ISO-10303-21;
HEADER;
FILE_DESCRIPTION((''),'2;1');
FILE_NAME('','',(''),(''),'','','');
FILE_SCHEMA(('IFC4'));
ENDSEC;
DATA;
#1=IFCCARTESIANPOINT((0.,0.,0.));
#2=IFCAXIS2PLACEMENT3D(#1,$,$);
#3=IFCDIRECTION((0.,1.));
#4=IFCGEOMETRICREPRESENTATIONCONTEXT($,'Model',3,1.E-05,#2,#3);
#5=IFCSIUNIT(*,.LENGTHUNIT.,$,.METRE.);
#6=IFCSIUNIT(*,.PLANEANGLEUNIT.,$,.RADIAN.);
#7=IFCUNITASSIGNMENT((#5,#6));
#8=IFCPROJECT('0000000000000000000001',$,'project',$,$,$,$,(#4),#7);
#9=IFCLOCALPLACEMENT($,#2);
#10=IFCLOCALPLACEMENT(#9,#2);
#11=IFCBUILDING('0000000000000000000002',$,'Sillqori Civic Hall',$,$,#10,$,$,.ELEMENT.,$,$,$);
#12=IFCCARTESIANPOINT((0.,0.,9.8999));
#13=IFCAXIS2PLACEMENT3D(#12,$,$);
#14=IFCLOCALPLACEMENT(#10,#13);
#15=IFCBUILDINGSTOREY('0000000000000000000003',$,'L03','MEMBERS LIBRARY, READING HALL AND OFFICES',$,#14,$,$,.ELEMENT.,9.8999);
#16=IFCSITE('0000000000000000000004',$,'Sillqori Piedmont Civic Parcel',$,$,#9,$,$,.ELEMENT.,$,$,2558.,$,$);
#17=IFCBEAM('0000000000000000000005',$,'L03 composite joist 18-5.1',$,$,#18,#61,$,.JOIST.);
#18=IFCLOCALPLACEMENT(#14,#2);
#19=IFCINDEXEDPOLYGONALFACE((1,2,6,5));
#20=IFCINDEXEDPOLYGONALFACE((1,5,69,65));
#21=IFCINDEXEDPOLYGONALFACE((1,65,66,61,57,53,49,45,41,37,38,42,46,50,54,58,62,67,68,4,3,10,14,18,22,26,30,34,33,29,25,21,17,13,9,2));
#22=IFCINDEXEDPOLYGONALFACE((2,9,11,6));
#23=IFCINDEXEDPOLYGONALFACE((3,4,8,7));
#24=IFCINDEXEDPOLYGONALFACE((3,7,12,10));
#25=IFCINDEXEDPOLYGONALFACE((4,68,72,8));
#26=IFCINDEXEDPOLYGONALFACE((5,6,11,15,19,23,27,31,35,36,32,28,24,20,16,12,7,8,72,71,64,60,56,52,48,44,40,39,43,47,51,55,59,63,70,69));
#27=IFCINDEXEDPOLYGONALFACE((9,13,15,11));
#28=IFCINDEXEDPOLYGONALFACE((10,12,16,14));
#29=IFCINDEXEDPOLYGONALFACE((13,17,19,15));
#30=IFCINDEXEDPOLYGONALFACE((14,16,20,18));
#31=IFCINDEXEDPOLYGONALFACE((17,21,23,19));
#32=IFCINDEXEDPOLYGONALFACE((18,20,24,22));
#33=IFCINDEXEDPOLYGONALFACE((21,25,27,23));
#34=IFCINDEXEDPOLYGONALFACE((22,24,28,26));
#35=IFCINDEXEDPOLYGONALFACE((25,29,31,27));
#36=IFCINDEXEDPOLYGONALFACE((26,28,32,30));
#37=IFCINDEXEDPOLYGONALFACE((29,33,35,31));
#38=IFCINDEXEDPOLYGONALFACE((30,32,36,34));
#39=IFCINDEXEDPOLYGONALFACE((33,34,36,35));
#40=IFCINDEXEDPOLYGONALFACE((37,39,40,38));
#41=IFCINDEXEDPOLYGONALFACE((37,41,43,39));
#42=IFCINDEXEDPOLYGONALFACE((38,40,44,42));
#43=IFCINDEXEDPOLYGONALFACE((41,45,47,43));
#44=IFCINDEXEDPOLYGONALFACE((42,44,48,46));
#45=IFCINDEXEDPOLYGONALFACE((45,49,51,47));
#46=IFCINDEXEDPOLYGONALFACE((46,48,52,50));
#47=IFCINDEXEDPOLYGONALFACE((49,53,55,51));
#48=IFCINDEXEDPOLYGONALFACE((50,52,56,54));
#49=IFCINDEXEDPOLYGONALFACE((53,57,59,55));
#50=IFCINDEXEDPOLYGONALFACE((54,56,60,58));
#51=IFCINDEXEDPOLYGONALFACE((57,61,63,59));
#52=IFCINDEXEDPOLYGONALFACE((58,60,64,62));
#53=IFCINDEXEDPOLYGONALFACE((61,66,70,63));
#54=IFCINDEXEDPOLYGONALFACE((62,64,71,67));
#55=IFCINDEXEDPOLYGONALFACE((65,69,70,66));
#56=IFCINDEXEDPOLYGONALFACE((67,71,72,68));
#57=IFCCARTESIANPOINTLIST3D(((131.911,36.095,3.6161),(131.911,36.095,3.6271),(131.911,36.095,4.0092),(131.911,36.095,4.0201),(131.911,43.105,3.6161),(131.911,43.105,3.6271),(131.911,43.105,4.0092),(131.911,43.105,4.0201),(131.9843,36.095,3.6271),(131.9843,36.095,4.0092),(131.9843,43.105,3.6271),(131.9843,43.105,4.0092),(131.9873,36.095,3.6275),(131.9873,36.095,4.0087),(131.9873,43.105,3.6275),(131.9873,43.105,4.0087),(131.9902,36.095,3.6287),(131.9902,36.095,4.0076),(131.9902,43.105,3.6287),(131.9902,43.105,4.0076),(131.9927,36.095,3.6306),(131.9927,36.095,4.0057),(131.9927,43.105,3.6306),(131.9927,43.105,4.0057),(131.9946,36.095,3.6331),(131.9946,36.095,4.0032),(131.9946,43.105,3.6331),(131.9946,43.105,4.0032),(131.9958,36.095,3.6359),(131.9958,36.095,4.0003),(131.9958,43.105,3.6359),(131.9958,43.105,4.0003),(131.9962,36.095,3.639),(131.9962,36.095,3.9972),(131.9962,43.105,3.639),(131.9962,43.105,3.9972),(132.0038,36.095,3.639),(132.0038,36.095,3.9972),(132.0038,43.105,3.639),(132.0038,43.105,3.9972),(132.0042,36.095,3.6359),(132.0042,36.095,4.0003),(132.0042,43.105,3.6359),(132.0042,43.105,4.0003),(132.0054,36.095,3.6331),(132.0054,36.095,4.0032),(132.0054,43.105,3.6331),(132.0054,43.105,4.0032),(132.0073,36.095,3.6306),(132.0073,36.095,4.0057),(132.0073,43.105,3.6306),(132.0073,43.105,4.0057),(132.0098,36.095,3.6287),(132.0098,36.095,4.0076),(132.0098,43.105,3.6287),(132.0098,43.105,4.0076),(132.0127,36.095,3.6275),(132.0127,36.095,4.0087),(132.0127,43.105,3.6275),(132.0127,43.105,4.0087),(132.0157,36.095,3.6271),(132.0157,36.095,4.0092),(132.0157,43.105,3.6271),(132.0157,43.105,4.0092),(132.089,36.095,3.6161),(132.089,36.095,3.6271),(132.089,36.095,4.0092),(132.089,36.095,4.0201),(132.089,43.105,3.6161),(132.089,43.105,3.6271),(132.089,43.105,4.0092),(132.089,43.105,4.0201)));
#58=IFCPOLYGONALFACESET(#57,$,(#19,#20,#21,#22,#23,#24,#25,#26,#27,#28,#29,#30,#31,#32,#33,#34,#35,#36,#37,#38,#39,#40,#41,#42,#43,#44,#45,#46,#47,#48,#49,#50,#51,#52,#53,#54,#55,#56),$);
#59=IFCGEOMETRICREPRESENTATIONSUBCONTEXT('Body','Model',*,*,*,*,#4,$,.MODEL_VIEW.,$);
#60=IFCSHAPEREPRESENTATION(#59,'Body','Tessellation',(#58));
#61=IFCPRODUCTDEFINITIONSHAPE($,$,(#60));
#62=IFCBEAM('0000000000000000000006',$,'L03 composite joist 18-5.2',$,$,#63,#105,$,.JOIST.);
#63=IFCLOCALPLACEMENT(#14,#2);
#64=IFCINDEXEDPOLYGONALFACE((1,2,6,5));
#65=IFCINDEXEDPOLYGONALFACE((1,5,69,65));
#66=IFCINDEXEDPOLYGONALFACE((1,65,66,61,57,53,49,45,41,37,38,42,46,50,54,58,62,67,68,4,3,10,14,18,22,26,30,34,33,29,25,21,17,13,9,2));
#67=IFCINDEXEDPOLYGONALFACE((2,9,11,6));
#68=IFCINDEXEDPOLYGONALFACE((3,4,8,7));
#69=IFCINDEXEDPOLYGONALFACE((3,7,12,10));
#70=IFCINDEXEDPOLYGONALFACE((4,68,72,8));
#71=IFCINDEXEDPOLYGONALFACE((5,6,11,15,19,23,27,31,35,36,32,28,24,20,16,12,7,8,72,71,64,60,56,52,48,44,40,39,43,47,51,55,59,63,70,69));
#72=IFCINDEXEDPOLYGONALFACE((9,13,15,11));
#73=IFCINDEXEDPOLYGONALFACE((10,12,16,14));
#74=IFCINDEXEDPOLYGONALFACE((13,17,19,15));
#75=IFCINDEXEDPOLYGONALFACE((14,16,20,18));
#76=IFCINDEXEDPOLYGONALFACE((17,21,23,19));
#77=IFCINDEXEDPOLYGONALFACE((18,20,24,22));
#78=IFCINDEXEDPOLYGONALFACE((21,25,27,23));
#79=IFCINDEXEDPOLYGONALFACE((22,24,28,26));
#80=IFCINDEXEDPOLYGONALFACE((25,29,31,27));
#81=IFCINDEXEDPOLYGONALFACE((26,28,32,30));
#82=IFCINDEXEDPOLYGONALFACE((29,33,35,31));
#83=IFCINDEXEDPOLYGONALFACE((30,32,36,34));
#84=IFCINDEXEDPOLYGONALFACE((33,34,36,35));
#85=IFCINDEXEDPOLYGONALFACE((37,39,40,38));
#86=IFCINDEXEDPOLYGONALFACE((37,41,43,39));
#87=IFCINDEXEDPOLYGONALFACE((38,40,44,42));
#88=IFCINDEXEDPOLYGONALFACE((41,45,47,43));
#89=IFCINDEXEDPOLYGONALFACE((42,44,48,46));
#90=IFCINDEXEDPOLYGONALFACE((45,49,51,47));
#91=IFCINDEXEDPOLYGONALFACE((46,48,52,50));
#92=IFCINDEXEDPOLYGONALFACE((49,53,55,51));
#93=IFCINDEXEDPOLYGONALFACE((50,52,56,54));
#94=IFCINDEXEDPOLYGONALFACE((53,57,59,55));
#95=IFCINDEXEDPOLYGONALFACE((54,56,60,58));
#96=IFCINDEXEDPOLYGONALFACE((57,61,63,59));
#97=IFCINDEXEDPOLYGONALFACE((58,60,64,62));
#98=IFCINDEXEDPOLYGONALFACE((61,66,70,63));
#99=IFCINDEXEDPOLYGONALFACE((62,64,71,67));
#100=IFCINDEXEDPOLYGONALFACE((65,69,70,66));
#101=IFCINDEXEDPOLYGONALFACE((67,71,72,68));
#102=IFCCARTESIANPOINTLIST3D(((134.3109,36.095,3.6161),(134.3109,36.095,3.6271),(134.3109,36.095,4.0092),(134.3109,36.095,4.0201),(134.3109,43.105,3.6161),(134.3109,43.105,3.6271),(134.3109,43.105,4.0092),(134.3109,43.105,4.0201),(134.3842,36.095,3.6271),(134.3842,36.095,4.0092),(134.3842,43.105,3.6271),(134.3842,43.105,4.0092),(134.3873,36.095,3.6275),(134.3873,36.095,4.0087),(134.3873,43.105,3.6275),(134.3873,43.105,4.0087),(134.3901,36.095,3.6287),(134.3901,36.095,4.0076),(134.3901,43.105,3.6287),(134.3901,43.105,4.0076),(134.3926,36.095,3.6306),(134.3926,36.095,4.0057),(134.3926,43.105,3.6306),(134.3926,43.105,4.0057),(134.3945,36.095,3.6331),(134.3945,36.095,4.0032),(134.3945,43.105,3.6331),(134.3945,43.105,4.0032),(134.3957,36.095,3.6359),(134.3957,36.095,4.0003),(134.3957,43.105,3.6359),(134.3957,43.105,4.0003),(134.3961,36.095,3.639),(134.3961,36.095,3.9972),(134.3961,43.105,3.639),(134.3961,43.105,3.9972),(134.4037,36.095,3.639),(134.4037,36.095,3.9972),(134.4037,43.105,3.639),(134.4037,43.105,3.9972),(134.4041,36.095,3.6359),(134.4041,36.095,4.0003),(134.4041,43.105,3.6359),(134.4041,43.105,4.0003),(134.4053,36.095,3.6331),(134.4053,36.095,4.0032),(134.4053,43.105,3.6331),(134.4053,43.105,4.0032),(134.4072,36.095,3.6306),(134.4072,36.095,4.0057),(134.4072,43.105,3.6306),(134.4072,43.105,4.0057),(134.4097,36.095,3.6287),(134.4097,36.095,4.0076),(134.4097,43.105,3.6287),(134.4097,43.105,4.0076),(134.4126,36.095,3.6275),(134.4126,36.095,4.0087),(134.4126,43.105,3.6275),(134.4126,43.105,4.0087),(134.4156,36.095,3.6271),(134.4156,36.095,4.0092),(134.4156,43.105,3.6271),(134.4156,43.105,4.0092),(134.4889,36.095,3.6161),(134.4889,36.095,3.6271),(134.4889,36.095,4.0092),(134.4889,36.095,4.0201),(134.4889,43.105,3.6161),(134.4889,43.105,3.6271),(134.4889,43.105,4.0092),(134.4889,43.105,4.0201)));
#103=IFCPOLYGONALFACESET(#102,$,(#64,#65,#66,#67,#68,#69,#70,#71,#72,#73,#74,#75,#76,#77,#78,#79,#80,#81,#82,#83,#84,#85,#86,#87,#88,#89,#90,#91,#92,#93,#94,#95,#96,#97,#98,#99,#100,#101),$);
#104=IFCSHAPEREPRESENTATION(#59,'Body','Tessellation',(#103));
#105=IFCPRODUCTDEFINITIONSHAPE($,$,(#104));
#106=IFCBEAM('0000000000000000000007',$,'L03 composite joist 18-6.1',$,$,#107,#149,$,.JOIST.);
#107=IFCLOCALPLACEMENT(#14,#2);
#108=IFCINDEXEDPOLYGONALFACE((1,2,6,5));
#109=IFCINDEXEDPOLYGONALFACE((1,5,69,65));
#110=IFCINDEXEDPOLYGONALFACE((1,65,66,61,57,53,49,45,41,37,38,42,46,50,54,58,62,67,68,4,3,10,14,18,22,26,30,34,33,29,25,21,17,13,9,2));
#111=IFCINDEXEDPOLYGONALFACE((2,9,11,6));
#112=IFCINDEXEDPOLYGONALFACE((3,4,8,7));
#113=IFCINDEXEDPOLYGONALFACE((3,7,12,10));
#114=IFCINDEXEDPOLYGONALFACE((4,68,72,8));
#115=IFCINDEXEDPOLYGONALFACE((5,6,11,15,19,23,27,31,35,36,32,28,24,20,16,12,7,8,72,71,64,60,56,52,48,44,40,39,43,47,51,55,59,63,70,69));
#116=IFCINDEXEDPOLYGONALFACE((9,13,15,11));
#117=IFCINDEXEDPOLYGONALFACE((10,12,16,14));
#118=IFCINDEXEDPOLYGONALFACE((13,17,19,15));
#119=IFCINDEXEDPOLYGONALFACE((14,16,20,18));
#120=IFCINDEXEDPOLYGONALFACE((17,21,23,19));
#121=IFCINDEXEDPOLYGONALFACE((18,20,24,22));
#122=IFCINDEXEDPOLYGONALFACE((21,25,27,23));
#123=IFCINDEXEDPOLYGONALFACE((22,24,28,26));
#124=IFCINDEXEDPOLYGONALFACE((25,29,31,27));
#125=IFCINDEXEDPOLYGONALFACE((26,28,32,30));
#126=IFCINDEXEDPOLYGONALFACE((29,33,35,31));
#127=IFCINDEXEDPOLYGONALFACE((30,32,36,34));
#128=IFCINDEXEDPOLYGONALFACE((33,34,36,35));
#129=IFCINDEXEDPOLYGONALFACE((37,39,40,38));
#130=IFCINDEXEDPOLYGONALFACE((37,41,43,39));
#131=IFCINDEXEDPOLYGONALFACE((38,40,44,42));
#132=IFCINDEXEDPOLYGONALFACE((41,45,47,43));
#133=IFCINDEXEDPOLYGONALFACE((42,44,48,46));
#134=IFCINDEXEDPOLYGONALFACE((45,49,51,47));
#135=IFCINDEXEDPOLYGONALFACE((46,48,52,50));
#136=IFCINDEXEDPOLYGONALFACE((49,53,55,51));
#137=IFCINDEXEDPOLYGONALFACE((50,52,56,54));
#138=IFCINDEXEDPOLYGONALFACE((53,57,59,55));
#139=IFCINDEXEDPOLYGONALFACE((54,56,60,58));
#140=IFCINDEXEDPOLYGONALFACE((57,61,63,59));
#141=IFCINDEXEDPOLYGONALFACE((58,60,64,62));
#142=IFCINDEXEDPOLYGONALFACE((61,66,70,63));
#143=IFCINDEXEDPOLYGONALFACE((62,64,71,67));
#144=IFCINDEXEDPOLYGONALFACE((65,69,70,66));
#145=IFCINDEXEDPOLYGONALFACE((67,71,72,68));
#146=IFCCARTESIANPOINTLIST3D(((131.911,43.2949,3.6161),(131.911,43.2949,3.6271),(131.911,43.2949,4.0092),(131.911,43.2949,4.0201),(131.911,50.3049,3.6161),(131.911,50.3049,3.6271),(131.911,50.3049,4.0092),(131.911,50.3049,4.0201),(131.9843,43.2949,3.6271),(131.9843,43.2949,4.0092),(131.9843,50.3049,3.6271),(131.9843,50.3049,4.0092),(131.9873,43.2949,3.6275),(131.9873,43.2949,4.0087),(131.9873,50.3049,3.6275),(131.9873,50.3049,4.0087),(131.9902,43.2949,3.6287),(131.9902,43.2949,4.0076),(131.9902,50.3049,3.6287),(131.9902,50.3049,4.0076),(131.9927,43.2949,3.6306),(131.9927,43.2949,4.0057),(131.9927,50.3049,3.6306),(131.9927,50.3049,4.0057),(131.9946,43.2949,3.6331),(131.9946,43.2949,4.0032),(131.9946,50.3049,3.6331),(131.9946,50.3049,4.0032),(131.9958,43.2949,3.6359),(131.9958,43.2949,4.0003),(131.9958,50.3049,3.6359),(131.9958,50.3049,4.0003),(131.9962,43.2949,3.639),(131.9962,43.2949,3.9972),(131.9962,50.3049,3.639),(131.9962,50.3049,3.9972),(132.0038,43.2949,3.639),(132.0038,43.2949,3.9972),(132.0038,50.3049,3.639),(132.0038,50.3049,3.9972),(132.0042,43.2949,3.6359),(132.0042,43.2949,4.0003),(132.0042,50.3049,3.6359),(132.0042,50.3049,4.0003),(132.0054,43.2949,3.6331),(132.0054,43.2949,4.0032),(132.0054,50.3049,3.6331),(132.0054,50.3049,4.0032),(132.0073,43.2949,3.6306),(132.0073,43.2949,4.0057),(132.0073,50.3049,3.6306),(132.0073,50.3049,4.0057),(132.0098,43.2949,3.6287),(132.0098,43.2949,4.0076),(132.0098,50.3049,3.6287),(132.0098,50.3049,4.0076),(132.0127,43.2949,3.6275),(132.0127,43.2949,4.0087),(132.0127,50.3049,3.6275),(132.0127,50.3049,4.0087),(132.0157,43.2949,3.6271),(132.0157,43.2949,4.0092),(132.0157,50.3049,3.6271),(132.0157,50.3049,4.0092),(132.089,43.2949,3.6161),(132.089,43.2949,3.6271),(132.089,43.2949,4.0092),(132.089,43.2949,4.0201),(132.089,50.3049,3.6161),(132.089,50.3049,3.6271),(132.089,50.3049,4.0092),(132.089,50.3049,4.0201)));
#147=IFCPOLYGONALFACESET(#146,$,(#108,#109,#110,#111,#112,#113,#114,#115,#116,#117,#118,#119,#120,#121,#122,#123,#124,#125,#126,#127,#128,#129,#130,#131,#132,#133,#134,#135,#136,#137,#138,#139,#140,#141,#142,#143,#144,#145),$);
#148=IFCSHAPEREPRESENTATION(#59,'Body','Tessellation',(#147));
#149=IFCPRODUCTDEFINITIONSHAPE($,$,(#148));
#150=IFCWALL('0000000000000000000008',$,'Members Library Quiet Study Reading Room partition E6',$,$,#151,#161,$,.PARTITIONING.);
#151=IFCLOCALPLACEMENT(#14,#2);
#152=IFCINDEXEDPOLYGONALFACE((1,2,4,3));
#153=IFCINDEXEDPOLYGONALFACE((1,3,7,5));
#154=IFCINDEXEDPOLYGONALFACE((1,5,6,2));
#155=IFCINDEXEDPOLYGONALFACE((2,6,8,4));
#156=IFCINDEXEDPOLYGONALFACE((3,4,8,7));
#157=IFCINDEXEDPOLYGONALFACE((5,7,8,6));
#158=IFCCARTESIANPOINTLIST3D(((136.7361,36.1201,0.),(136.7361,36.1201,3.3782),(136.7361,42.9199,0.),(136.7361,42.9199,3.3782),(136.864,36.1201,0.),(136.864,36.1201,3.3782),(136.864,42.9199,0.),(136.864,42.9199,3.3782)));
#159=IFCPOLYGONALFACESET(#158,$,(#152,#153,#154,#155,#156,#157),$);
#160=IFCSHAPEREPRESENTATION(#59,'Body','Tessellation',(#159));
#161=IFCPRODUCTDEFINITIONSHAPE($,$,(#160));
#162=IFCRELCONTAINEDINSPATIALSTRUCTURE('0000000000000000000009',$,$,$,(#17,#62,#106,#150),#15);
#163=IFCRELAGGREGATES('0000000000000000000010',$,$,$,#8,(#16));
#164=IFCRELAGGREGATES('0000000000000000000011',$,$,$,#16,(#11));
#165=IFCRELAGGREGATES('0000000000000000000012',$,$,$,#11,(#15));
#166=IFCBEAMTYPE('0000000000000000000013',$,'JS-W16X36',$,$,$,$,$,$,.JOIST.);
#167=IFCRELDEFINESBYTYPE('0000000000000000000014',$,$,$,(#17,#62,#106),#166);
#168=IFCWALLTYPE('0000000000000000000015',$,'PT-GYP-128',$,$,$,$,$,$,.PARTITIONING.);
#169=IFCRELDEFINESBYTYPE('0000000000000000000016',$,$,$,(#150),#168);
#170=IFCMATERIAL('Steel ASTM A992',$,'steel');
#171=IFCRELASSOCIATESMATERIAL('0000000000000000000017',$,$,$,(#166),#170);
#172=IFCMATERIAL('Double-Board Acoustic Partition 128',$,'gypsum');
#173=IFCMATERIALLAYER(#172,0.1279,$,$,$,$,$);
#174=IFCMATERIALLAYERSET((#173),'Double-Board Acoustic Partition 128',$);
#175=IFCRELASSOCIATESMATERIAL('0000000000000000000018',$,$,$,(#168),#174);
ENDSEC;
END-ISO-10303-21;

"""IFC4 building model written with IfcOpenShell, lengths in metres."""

from ifc_helpers import new_model, si_unit, direction, frame, frame_2d, origin, origin_2d, place, context, subcontext, project, spatial, rectangle, i_section, extrude, material, layer, layer_set, material_profile, profile_set, type_object, element, save


model = new_model("IFC4")

# Units and contexts
model_context = context("Model", 3, precision=1e-05, world=origin(), true_north=direction((0.0, 1.0)))
body_context = subcontext(model_context, "Body", "Model", "MODEL_VIEW")
ifc_project = project(units=[si_unit("LENGTHUNIT", "METRE"), si_unit("PLANEANGLEUNIT", "RADIAN")], contexts=[model_context])

# Site, building, storey
site_placement = place(None, origin())
site = spatial("IfcSite", under=ifc_project, at=site_placement, Name="Sillqori Piedmont Civic Parcel", CompositionType="ELEMENT", RefElevation=2558.0)
building_placement = place(site_placement, origin())
building = spatial("IfcBuilding", under=site, at=building_placement, Name="Sillqori Civic Hall", CompositionType="ELEMENT")
storey_placement = place(building_placement, frame((0.0, 0.0, 9.8999)))
storey = spatial("IfcBuildingStorey", under=building, at=storey_placement, Name="L03", Description="MEMBERS LIBRARY, READING HALL AND OFFICES", CompositionType="ELEMENT", Elevation=9.8999)

# Shared definitions
ifc_material_1 = material(Name="Steel ASTM A992", Category="steel")

# Beams
ifc_material_profile_1 = material_profile(ifc_material_1, i_section(OverallWidth=0.178, OverallDepth=0.4041, WebThickness=0.0076, FlangeThickness=0.011, FilletRadius=0.012, at=origin_2d()), Name="W16X36")
ifc_profile_set_1 = profile_set([ifc_material_profile_1], Name="Steel ASTM A992")
beam_type_1 = type_object("IfcBeamType", Name="JS-W16X36", PredefinedType="JOIST", material=ifc_profile_set_1)
for number, where, z_axis, x_axis, name in (
    (1, (132.0, 36.095, 3.8181), (0.0, 1.0, 0.0), (-1.0, 0.0, 0.0), "L03 composite joist 18-5.1"),
    (2, (134.3999, 36.095, 3.8181), (0.0, 1.0, 0.0), (-1.0, 0.0, 0.0), "L03 composite joist 18-5.2"),
    (3, (132.0, 43.2949, 3.8181), (0.0, 1.0, 0.0), (-1.0, 0.0, 0.0), "L03 composite joist 18-6.1"),
):
    element("IfcBeam", number, at=place(storey_placement, frame(where, z_axis=z_axis, x_axis=x_axis)), inside=storey, type_object=beam_type_1, Name=name, PredefinedType="JOIST", context=body_context, shape_type="SweptSolid", body=[
        extrude(i_section(OverallWidth=0.178, OverallDepth=0.4041, WebThickness=0.0076, FlangeThickness=0.011, FilletRadius=0.012, at=origin_2d()), origin(), (0.0, 0.0, 1.0), 7.01),
    ])

# Wall
ifc_material_2 = material(Name="Double-Board Acoustic Partition 128", Category="gypsum")
ifc_layer_1 = layer(ifc_material_2, 0.1279)
ifc_layer_set_1 = layer_set([ifc_layer_1], Name="Double-Board Acoustic Partition 128")
wall_type_1 = type_object("IfcWallType", Name="PT-GYP-128", PredefinedType="PARTITIONING", material=ifc_layer_set_1)
wall_1_placement = place(storey_placement, frame((136.8, 42.9199, 0.0), z_axis=(0.0, 0.0, 1.0), x_axis=(0.0, -1.0, 0.0)))
element("IfcWall", 4, at=wall_1_placement, inside=storey, type_object=wall_type_1, Name="Members Library Quiet Study Reading Room partition E6", PredefinedType="PARTITIONING", context=body_context, shape_type="SweptSolid", body=[
    extrude(rectangle(XDim=6.7998, YDim=0.1279, at=frame_2d((3.3999, 0.0))), origin(), (0.0, 0.0, 1.0), 3.3782),
])

save(model, "model.ifc")
